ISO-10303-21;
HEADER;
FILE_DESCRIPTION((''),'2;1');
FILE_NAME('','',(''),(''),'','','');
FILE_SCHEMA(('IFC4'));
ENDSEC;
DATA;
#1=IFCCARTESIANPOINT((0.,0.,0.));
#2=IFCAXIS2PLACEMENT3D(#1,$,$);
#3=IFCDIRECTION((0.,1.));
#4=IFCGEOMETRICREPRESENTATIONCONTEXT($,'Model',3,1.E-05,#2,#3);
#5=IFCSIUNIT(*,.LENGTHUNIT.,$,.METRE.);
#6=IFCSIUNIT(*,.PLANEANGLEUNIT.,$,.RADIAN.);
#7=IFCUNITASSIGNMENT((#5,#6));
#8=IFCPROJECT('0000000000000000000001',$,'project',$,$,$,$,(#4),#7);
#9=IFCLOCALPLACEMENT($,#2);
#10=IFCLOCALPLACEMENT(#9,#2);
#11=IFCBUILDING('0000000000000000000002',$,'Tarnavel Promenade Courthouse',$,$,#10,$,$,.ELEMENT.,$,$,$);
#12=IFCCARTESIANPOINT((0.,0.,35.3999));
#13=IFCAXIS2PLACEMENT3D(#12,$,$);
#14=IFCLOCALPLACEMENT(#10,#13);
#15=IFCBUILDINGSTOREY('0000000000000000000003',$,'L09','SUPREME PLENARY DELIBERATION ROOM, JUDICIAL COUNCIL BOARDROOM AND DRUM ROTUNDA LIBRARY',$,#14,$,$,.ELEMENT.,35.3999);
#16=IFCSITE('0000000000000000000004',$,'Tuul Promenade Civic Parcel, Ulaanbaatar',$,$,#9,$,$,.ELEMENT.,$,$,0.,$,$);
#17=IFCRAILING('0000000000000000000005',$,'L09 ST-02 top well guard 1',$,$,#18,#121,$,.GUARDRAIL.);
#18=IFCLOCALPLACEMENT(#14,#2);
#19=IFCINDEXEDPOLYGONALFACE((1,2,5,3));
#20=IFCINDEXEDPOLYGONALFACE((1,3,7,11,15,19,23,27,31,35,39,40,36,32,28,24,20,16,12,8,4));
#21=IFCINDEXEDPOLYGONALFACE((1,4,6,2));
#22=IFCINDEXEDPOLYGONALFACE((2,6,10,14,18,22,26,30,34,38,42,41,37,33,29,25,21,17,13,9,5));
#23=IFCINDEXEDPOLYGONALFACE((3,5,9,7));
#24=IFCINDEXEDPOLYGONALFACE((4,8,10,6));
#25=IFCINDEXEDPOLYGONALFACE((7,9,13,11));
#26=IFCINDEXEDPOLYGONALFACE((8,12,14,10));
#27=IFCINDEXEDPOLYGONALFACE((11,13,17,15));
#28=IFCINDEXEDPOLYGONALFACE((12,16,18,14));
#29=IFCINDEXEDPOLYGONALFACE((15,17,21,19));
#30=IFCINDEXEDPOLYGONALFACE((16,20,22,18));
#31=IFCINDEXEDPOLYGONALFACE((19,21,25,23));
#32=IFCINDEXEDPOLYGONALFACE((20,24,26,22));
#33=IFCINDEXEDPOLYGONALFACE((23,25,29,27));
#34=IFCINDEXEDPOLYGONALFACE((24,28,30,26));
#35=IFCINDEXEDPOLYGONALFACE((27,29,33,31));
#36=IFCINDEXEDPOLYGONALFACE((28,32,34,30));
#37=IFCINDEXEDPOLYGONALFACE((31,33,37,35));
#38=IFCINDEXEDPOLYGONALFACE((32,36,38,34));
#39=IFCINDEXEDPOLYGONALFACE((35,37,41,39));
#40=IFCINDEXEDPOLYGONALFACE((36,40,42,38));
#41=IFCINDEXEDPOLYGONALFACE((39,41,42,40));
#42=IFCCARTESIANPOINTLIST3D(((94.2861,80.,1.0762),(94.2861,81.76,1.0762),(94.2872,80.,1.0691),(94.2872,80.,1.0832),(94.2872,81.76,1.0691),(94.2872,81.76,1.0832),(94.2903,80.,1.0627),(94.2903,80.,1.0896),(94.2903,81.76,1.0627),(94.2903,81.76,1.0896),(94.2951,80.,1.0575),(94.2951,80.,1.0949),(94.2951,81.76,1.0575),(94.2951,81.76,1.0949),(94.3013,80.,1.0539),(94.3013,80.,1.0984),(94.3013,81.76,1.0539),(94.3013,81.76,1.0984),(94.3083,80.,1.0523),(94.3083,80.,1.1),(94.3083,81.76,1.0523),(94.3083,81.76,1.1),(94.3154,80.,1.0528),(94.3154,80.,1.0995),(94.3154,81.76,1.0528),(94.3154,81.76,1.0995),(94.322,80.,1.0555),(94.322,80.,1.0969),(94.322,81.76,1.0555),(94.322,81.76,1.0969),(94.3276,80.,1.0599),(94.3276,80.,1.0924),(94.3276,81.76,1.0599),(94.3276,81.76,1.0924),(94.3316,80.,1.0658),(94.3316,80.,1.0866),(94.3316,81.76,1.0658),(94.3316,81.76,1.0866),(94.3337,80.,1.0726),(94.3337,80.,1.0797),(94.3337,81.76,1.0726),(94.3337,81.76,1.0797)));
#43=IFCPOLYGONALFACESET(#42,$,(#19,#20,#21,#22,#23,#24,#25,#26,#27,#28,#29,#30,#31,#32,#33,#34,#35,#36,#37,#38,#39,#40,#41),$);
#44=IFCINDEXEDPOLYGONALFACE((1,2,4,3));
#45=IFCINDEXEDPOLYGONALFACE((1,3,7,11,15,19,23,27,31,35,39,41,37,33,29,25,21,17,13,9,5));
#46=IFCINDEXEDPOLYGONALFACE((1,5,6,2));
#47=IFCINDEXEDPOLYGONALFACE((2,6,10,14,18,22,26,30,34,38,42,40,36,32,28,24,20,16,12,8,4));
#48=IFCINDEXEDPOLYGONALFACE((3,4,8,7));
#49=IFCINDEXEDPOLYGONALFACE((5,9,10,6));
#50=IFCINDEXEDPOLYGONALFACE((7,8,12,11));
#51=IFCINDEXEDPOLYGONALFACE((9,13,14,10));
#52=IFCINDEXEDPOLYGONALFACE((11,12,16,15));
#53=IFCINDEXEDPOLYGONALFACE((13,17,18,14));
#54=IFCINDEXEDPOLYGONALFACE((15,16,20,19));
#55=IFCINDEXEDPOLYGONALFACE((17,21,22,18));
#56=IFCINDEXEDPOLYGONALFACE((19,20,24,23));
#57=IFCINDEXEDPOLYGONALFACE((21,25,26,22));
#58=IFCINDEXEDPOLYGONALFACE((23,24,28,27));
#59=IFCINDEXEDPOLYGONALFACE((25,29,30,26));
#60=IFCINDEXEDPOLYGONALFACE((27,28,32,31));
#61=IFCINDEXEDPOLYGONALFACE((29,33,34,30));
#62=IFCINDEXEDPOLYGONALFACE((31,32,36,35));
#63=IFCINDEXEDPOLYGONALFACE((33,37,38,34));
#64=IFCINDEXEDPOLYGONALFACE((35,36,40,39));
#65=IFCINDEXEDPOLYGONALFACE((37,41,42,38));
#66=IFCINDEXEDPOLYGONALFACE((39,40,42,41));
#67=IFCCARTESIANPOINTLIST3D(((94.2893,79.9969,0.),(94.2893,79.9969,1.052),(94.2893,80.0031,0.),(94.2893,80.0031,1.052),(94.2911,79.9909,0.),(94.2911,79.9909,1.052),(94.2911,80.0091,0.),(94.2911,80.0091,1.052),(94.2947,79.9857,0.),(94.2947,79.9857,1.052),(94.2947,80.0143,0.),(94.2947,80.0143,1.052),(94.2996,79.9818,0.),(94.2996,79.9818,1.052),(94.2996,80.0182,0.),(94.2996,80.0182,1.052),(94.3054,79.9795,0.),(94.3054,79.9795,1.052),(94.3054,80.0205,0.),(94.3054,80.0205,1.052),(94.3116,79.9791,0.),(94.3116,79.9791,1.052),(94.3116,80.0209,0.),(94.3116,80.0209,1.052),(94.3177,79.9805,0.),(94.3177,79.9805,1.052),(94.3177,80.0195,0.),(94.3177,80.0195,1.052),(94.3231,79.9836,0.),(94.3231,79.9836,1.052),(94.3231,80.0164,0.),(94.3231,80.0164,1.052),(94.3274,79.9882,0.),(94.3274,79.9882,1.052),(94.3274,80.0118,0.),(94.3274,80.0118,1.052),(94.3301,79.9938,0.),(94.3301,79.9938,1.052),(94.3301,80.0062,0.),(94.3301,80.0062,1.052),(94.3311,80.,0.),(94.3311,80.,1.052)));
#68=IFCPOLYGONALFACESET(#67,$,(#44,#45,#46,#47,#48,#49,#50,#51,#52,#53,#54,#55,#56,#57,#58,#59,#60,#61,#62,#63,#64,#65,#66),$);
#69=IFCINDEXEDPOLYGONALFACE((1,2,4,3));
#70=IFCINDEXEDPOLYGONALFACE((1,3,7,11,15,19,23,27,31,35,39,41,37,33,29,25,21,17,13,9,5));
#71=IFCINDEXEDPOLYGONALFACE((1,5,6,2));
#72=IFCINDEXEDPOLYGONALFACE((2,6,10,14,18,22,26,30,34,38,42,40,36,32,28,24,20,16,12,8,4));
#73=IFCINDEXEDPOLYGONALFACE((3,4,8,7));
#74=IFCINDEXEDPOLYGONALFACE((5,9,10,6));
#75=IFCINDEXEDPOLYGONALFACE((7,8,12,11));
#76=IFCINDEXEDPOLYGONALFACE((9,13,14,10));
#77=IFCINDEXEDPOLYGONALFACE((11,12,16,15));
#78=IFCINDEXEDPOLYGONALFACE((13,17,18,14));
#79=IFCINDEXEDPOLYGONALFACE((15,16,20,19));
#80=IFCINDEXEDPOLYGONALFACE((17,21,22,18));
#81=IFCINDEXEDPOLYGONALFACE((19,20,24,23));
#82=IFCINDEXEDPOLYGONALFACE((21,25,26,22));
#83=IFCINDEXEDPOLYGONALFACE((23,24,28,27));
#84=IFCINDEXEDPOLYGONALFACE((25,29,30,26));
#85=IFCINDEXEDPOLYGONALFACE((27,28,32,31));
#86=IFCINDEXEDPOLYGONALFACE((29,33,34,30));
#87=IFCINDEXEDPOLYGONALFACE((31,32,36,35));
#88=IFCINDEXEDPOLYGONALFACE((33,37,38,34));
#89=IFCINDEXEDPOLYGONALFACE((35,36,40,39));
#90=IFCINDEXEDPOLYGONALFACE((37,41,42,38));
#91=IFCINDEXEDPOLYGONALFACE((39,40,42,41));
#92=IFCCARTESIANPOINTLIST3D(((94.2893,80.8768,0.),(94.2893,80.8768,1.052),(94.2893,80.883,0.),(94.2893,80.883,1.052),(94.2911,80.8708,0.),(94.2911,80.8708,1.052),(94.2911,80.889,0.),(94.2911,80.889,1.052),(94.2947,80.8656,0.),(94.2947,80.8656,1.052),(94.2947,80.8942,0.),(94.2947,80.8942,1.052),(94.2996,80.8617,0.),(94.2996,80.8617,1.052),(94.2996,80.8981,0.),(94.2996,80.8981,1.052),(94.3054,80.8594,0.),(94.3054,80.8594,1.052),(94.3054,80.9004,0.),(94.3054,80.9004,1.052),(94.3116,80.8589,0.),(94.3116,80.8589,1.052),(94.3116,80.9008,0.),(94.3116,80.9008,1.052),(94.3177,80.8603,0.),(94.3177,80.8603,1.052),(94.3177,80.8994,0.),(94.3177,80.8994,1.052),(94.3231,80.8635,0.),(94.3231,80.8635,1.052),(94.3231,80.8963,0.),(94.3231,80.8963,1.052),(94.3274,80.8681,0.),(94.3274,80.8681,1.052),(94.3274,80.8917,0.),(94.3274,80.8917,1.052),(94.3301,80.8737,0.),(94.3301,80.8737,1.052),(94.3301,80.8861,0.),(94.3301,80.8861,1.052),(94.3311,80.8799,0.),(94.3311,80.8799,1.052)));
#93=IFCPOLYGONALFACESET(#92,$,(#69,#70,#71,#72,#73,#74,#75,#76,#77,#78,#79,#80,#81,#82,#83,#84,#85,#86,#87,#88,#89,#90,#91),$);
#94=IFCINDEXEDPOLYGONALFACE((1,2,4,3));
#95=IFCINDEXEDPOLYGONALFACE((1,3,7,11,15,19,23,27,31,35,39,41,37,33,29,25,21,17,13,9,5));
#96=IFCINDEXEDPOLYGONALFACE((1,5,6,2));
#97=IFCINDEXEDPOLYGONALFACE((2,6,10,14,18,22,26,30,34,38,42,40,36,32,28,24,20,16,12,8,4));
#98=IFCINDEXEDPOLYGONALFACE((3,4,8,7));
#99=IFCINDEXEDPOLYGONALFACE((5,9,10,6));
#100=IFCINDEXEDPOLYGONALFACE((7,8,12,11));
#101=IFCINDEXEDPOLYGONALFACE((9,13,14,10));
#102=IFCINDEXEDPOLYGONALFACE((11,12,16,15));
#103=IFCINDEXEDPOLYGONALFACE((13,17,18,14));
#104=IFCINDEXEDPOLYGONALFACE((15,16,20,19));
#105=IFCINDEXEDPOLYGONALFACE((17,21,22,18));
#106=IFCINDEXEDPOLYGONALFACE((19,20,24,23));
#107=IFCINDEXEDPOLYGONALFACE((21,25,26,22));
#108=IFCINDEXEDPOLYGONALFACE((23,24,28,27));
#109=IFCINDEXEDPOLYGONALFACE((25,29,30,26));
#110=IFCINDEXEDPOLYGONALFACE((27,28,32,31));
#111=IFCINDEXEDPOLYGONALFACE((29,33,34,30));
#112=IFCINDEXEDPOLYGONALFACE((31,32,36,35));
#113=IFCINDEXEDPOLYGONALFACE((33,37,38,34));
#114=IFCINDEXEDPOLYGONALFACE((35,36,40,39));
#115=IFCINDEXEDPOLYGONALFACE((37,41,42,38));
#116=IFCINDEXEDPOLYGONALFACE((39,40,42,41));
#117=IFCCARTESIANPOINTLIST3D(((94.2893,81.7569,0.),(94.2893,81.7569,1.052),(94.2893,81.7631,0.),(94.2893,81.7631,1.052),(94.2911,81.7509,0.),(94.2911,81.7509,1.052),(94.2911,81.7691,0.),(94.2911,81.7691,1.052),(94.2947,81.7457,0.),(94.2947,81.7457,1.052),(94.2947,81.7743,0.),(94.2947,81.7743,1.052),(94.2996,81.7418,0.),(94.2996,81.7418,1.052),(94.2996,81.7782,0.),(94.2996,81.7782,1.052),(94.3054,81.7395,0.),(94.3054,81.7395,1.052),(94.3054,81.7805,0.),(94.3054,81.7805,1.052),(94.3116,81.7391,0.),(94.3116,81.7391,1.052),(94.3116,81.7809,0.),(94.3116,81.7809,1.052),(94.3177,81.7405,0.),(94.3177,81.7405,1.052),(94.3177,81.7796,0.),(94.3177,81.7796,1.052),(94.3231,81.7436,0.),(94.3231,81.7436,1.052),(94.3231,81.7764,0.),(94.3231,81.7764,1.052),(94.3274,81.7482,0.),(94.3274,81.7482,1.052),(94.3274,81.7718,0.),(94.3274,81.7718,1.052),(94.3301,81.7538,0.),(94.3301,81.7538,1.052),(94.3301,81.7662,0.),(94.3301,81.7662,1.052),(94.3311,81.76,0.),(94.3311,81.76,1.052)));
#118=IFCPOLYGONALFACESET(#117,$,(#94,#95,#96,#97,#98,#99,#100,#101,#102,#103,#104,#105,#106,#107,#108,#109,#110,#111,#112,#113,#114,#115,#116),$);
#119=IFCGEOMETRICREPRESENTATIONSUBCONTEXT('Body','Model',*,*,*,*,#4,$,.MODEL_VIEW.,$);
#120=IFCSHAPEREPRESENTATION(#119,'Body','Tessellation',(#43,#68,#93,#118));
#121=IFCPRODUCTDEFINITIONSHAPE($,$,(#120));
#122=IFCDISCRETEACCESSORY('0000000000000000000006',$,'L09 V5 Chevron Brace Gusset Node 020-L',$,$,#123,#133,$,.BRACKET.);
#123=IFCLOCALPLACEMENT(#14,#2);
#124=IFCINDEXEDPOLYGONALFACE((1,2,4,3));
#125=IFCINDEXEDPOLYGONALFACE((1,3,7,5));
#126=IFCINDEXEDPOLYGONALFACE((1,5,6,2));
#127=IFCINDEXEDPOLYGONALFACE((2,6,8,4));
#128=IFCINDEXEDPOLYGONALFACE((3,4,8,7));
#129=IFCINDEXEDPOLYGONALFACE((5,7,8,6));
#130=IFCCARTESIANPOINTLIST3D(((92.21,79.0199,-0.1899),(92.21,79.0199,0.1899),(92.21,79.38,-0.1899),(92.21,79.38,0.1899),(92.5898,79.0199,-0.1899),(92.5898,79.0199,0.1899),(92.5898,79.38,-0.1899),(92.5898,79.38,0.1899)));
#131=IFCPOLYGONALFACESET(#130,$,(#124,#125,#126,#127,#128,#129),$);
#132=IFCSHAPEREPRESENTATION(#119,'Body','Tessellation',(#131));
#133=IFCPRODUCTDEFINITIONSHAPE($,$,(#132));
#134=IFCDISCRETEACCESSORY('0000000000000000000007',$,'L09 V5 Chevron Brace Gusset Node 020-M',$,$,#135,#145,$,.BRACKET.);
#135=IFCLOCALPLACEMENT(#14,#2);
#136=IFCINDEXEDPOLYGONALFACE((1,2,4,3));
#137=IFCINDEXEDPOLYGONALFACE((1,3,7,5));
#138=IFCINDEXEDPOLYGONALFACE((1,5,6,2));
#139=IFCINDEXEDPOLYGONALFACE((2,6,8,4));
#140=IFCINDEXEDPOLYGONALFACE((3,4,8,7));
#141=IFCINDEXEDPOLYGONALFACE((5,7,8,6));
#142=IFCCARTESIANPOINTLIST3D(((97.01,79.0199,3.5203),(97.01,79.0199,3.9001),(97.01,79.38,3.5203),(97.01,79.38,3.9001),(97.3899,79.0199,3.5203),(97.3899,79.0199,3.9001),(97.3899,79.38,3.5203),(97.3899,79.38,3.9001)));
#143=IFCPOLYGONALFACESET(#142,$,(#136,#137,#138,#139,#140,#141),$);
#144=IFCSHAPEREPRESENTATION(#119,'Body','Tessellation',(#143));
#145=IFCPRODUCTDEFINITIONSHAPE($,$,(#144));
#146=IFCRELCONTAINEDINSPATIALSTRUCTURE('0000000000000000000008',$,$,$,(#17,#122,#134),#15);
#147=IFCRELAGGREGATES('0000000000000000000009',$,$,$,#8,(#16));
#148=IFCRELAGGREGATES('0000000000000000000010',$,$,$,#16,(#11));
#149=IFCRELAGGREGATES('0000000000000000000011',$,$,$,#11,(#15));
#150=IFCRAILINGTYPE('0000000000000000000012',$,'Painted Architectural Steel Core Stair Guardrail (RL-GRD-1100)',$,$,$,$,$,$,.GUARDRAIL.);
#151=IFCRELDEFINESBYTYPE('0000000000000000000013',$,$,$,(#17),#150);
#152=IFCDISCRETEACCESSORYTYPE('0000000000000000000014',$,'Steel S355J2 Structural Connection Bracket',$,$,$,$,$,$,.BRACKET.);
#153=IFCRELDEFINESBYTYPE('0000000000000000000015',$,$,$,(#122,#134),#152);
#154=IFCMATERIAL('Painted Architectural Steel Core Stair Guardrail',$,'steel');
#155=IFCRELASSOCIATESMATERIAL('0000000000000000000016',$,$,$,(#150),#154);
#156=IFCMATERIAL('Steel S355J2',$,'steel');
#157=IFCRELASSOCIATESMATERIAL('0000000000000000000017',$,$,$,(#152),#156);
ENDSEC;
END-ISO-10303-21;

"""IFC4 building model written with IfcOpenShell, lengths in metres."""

from ifc_helpers import new_model, si_unit, direction, frame, origin, origin_2d, place, context, subcontext, project, spatial, rectangle, circle, extrude, material, type_object, element, save


model = new_model("IFC4")

# Units and contexts
model_context = context("Model", 3, precision=1e-05, world=origin(), true_north=direction((0.0, 1.0)))
body_context = subcontext(model_context, "Body", "Model", "MODEL_VIEW")
ifc_project = project(units=[si_unit("LENGTHUNIT", "METRE"), si_unit("PLANEANGLEUNIT", "RADIAN")], contexts=[model_context])

# Site, building, storey
site_placement = place(None, origin())
site = spatial("IfcSite", under=ifc_project, at=site_placement, Name="Tuul Promenade Civic Parcel, Ulaanbaatar", CompositionType="ELEMENT", RefElevation=0.0)
building_placement = place(site_placement, origin())
building = spatial("IfcBuilding", under=site, at=building_placement, Name="Tarnavel Promenade Courthouse", CompositionType="ELEMENT")
storey_placement = place(building_placement, frame((0.0, 0.0, 35.3999)))
storey = spatial("IfcBuildingStorey", under=building, at=storey_placement, Name="L09", Description="SUPREME PLENARY DELIBERATION ROOM, JUDICIAL COUNCIL BOARDROOM AND DRUM ROTUNDA LIBRARY", CompositionType="ELEMENT", Elevation=35.3999)

# Shared definitions
ifc_material_1 = material(Name="Steel S355J2", Category="steel")

# Railing
ifc_material_2 = material(Name="Painted Architectural Steel Core Stair Guardrail", Category="steel")
railing_type = type_object("IfcRailingType", Name="Painted Architectural Steel Core Stair Guardrail (RL-GRD-1100)", PredefinedType="GUARDRAIL", material=ifc_material_2)
railing_placement = place(storey_placement, frame((94.3101, 80.0, 0.0)))
element("IfcRailing", 1, at=railing_placement, inside=storey, type_object=railing_type, Name="L09 ST-02 top well guard 1", PredefinedType="GUARDRAIL", context=body_context, shape_type="SweptSolid", body=[
    extrude(circle(Radius=0.0239, at=origin_2d()), frame((0.0, 0.0, 1.0762), z_axis=(0.0, 1.0, 0.0), x_axis=(-1.0, 0.0, 0.0)), (0.0, 0.0, 1.0), 1.76),
    extrude(circle(Radius=0.021, at=origin_2d()), origin(), (0.0, 0.0, 1.0), 1.052),
    extrude(circle(Radius=0.021, at=origin_2d()), frame((0.0, 0.8799, 0.0)), (0.0, 0.0, 1.0), 1.052),
    extrude(circle(Radius=0.021, at=origin_2d()), frame((0.0, 1.76, 0.0)), (0.0, 0.0, 1.0), 1.052),
])

# Discrete accessories
discrete_accessory_type = type_object("IfcDiscreteAccessoryType", Name="Steel S355J2 Structural Connection Bracket", PredefinedType="BRACKET", material=ifc_material_1)
for number, where, z_axis, x_axis, name in (
    (2, (92.3999, 79.2, -0.1899), (0.0, 0.0, 1.0), (1.0, 0.0, 0.0), "L09 V5 Chevron Brace Gusset Node 020-L"),
    (3, (97.2, 79.2, 3.5203), (0.0, 0.0, 1.0), (1.0, 0.0, 0.0), "L09 V5 Chevron Brace Gusset Node 020-M"),
):
    element("IfcDiscreteAccessory", number, at=place(storey_placement, frame(where, z_axis=z_axis, x_axis=x_axis)), inside=storey, type_object=discrete_accessory_type, Name=name, PredefinedType="BRACKET", context=body_context, shape_type="SweptSolid", body=[
        extrude(rectangle(XDim=0.3799, YDim=0.3601, at=origin_2d()), origin(), (0.0, 0.0, 1.0), 0.3799),
    ])

save(model, "model.ifc")
